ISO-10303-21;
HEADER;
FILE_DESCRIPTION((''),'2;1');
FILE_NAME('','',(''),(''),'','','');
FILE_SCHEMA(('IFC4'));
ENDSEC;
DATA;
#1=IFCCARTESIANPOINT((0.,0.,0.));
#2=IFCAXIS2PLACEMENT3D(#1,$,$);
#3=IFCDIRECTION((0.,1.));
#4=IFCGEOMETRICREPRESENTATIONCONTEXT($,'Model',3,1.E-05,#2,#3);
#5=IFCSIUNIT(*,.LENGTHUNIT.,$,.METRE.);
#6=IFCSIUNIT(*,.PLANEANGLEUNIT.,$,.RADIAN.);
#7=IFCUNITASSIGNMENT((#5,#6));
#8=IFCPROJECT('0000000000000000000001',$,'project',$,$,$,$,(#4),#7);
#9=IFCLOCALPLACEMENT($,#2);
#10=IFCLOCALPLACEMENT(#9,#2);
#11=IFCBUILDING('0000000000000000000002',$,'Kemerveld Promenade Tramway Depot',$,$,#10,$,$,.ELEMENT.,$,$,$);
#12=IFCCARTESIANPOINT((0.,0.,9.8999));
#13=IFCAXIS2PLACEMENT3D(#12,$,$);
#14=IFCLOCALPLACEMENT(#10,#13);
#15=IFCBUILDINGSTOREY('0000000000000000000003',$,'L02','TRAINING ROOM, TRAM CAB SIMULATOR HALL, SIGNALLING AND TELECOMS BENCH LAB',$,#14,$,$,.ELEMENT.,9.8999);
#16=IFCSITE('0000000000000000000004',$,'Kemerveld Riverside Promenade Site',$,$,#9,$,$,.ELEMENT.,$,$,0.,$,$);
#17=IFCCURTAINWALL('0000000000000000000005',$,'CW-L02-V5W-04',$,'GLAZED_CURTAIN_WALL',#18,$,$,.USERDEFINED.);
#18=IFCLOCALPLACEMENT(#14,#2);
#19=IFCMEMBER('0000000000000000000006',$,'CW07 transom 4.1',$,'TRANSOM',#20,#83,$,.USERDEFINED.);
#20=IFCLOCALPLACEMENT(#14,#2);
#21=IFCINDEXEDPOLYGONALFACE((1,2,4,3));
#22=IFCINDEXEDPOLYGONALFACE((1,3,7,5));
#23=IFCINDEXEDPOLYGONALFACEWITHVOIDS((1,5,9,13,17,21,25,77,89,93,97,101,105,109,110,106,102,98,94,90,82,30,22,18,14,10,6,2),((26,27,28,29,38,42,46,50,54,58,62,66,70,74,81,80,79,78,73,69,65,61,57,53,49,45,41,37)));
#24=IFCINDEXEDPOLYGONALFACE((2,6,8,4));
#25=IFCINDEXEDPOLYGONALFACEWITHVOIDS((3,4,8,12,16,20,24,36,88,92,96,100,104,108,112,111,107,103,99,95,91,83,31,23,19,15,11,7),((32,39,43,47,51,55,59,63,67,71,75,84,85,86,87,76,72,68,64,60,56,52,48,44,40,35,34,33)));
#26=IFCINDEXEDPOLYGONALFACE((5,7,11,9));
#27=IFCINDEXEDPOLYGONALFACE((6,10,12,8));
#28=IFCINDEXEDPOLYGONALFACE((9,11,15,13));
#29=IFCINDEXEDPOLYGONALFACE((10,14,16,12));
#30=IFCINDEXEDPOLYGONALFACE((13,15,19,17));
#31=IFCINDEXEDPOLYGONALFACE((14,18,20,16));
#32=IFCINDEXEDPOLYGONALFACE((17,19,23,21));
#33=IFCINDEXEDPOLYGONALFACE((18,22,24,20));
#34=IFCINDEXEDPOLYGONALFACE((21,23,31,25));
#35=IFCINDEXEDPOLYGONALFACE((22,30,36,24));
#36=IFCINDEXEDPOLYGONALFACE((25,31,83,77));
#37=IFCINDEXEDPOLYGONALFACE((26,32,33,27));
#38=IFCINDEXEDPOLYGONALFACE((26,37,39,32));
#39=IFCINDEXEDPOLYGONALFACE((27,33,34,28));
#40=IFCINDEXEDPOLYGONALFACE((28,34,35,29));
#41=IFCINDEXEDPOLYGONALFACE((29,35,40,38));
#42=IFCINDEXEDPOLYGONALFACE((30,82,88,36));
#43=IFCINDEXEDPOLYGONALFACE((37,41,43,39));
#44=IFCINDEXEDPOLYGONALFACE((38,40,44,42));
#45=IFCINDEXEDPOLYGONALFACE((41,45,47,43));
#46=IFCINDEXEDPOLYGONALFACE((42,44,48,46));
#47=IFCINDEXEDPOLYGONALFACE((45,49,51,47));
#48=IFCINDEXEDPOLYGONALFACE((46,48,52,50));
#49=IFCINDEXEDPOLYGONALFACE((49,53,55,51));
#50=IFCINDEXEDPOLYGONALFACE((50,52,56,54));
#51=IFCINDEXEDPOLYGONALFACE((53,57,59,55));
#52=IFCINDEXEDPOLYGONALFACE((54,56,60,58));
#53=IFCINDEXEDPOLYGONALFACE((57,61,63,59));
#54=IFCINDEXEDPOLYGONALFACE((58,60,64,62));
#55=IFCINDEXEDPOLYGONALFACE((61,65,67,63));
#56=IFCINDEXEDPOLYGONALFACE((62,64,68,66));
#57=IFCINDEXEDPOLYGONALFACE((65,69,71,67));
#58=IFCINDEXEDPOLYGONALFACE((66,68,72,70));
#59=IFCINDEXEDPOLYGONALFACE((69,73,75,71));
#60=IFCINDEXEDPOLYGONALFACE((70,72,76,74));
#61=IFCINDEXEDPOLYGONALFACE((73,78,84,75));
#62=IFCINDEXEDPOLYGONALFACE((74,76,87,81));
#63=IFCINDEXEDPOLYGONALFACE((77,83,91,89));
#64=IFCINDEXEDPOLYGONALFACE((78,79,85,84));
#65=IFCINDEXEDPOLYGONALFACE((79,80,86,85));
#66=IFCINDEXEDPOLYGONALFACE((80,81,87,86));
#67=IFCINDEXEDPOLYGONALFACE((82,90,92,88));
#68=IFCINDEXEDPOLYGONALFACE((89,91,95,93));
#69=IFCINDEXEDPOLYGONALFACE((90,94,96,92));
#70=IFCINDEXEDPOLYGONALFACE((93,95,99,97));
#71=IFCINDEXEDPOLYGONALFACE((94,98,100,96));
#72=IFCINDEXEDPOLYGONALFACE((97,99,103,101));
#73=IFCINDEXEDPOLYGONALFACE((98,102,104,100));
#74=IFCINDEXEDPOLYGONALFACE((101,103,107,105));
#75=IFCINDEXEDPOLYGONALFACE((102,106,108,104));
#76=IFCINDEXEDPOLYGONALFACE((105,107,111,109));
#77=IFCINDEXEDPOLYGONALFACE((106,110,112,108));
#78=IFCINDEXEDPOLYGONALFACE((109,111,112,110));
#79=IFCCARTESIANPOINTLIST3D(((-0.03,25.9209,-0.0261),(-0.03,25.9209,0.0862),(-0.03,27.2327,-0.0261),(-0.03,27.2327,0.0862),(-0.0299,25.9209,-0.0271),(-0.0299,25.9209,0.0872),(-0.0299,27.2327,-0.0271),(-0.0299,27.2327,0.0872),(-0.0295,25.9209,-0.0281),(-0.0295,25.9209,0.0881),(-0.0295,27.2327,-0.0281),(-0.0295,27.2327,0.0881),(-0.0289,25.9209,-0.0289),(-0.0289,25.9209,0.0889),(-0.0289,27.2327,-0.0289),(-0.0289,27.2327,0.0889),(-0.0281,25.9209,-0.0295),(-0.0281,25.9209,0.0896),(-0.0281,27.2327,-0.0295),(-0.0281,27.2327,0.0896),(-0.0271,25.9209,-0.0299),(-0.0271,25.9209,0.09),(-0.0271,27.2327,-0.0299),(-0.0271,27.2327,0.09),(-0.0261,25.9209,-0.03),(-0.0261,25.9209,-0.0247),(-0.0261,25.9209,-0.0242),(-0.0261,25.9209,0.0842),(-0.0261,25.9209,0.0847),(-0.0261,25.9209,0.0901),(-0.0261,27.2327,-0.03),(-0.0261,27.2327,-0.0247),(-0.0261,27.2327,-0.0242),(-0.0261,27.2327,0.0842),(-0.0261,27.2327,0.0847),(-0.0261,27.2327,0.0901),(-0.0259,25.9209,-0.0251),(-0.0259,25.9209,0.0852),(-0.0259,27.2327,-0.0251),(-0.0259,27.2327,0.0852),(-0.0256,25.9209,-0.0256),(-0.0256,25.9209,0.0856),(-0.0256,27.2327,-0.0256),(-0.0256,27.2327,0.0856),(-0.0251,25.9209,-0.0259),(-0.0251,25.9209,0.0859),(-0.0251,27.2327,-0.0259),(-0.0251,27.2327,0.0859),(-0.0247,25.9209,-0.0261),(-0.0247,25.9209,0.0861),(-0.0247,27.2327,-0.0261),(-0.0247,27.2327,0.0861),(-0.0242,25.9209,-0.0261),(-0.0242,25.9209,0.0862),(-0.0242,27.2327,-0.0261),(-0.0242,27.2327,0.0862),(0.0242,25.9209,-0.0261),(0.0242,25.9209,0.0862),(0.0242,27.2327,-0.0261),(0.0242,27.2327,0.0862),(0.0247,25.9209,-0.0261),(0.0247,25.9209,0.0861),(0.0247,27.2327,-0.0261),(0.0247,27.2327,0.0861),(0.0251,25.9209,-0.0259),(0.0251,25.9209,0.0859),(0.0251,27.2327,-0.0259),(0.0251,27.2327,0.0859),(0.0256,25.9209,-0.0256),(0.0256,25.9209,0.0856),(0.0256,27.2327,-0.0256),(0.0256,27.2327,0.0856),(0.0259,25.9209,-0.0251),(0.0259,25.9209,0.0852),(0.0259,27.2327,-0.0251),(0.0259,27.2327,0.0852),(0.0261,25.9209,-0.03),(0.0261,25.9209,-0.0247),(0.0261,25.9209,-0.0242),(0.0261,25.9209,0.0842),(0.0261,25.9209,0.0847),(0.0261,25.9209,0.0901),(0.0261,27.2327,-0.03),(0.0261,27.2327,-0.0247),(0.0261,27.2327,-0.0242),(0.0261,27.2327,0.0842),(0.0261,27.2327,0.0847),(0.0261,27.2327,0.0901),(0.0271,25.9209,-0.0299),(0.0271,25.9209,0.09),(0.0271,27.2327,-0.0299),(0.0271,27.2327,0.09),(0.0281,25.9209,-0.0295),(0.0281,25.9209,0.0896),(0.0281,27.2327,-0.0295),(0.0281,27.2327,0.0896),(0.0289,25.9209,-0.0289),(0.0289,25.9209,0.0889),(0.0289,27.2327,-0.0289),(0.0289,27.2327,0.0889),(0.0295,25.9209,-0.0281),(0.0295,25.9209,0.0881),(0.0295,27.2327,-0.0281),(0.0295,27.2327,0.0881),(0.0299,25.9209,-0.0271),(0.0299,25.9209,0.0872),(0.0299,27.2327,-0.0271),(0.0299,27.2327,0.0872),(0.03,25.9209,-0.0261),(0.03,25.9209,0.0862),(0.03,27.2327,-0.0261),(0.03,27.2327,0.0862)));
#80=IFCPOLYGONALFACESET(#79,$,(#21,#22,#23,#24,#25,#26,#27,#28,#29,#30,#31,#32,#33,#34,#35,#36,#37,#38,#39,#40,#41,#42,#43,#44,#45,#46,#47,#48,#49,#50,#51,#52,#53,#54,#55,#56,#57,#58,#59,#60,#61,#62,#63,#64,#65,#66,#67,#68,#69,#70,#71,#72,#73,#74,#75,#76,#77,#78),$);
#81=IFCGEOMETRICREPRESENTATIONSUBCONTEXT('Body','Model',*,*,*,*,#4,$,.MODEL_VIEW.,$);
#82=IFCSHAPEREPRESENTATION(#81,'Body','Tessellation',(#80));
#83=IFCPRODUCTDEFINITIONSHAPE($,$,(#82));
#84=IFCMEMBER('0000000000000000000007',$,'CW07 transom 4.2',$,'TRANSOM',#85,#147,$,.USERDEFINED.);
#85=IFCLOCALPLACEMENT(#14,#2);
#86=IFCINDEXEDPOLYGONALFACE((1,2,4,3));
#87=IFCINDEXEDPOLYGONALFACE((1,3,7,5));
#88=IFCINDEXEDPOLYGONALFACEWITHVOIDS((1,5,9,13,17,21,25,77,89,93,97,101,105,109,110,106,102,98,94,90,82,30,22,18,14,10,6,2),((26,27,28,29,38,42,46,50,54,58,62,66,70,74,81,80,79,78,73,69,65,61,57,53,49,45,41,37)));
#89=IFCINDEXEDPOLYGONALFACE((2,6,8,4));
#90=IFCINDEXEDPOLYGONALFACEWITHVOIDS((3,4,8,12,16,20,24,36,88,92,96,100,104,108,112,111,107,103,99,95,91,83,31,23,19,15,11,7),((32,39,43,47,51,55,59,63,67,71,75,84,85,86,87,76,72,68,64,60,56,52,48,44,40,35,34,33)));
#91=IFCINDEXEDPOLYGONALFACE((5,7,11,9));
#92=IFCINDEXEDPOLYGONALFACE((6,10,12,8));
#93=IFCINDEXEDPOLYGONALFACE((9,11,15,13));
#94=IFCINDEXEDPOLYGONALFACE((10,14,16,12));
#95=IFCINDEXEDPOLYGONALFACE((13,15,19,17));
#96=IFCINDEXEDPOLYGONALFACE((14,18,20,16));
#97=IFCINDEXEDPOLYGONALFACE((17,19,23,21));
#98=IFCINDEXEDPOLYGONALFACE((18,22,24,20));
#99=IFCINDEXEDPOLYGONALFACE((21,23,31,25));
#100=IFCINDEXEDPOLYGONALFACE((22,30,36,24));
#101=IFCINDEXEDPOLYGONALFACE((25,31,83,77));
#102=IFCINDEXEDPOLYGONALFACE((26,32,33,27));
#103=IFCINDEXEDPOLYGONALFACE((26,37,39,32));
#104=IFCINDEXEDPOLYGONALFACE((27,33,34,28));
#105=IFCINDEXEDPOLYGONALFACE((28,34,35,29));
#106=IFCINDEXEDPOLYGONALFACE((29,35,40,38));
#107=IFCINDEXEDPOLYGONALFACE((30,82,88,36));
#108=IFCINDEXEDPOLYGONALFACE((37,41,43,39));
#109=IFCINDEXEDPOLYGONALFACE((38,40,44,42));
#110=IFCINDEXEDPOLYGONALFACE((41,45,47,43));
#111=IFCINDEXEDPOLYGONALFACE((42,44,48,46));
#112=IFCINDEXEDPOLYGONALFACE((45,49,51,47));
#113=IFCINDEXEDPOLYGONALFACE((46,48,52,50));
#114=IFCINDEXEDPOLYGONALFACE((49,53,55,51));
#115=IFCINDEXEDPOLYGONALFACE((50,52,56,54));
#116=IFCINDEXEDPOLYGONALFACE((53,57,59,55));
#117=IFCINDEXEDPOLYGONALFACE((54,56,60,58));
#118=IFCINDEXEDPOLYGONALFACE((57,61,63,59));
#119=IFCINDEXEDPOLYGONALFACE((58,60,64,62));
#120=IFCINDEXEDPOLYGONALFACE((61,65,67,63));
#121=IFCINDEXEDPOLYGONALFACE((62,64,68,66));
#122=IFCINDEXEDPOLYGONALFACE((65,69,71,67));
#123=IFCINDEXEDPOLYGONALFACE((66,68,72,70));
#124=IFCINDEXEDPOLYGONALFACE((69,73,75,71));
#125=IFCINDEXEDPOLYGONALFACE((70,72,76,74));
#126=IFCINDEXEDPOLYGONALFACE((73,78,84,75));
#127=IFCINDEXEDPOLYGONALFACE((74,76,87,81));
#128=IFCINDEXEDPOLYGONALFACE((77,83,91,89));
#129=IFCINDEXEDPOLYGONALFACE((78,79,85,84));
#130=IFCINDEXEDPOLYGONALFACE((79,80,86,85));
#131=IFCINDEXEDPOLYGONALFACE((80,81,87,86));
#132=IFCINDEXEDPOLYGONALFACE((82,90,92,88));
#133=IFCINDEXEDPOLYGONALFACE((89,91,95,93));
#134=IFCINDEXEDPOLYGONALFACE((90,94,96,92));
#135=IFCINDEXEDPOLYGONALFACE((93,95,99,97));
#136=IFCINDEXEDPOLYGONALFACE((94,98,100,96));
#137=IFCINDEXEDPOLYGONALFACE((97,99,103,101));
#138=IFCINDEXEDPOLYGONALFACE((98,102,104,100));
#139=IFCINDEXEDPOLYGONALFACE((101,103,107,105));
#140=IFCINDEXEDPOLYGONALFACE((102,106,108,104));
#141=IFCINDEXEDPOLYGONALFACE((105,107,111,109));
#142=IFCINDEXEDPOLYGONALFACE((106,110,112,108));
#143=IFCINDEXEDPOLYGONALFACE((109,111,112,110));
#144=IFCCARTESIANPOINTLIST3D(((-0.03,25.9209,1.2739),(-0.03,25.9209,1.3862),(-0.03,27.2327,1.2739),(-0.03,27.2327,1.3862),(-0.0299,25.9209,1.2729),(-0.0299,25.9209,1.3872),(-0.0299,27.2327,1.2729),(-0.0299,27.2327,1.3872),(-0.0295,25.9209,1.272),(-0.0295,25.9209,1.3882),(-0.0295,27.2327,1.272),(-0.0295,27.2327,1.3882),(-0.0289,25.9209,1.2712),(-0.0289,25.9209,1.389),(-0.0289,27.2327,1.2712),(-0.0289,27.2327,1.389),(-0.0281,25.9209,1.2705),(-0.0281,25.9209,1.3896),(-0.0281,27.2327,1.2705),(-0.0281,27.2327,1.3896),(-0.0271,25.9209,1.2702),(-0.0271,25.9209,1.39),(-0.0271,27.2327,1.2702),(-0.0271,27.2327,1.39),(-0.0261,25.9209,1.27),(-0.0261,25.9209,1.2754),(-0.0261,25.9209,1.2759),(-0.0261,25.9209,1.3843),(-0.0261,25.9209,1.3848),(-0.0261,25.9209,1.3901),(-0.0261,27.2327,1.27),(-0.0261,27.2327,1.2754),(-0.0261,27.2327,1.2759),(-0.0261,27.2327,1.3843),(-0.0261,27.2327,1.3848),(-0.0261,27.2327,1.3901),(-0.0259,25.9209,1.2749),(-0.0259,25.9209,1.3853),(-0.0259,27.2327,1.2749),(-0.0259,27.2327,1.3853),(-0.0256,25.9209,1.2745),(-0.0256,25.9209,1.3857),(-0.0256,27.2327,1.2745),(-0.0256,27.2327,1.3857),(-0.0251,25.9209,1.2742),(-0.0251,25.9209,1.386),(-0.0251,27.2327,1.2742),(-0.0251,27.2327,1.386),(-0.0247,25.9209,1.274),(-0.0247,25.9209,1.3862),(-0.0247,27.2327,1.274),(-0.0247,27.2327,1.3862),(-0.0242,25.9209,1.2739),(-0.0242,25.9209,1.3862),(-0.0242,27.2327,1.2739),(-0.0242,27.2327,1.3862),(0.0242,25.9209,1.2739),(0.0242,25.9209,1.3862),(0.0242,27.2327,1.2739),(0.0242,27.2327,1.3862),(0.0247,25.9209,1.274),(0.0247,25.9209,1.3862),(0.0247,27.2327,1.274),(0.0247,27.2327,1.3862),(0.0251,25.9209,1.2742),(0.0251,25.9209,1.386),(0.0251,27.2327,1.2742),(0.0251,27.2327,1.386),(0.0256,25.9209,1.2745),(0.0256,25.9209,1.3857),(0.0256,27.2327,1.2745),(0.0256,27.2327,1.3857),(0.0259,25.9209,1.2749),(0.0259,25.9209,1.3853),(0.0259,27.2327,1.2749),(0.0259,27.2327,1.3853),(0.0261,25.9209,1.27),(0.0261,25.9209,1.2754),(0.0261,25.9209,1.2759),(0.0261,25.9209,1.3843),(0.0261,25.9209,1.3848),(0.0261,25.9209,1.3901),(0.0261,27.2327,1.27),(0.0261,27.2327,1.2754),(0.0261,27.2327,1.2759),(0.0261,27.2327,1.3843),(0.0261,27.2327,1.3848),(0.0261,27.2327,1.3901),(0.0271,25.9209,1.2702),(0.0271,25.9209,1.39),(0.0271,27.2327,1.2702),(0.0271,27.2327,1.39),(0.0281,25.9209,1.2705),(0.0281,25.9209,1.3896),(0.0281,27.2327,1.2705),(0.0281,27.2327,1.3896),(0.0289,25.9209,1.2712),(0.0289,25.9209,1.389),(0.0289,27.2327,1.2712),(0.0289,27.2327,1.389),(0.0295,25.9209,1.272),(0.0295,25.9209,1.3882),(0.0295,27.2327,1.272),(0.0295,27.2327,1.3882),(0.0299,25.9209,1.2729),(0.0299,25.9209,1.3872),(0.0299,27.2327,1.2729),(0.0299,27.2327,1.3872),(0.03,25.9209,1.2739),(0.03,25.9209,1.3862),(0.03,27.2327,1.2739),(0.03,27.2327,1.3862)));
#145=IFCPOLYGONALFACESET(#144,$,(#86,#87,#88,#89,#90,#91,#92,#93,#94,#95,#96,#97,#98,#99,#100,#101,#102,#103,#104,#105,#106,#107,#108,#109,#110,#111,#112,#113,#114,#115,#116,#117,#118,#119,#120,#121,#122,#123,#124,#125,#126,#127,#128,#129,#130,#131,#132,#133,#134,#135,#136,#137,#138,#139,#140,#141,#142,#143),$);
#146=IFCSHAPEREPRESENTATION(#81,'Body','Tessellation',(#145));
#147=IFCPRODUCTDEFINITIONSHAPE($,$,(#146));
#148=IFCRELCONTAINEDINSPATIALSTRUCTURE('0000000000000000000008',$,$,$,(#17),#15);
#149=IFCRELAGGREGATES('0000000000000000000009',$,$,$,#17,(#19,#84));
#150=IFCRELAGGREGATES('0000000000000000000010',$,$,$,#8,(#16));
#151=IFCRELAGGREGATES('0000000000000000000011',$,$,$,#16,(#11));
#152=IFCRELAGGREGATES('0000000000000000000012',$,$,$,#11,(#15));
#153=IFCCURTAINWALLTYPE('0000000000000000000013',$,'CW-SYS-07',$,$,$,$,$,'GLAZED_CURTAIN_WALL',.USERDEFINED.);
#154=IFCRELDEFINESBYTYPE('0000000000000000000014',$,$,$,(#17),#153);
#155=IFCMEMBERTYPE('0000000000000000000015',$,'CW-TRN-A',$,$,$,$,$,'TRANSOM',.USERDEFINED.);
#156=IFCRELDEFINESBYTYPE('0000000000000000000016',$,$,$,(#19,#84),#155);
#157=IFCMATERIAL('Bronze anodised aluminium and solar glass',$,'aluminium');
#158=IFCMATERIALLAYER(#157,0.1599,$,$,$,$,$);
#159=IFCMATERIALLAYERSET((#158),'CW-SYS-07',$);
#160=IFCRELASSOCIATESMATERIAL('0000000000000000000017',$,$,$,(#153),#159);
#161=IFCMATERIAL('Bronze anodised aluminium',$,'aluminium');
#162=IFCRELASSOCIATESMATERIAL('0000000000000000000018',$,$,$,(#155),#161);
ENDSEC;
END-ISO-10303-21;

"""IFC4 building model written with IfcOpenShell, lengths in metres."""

from ifc_helpers import new_model, si_unit, direction, frame, origin, origin_2d, place, context, subcontext, project, spatial, hollow_rectangle, extrude, material, layer, layer_set, material_profile, profile_set, type_object, element, aggregate, save


model = new_model("IFC4")

# Units and contexts
model_context = context("Model", 3, precision=1e-05, world=origin(), true_north=direction((0.0, 1.0)))
body_context = subcontext(model_context, "Body", "Model", "MODEL_VIEW")
ifc_project = project(units=[si_unit("LENGTHUNIT", "METRE"), si_unit("PLANEANGLEUNIT", "RADIAN")], contexts=[model_context])

# Site, building, storey
site_placement = place(None, origin())
site = spatial("IfcSite", under=ifc_project, at=site_placement, Name="Kemerveld Riverside Promenade Site", CompositionType="ELEMENT", RefElevation=0.0)
building_placement = place(site_placement, origin())
building = spatial("IfcBuilding", under=site, at=building_placement, Name="Kemerveld Promenade Tramway Depot", CompositionType="ELEMENT")
storey_placement = place(building_placement, frame((0.0, 0.0, 9.8999)))
storey = spatial("IfcBuildingStorey", under=building, at=storey_placement, Name="L02", Description="TRAINING ROOM, TRAM CAB SIMULATOR HALL, SIGNALLING AND TELECOMS BENCH LAB", CompositionType="ELEMENT", Elevation=9.8999)

# Curtain wall, members
ifc_material_1 = material(Name="Bronze anodised aluminium and solar glass", Category="aluminium")
ifc_layer_1 = layer(ifc_material_1, 0.1599)
ifc_layer_set_1 = layer_set([ifc_layer_1], Name="CW-SYS-07")
curtain_wall_type = type_object("IfcCurtainWallType", Name="CW-SYS-07", ElementType="GLAZED_CURTAIN_WALL", PredefinedType="USERDEFINED", material=ifc_layer_set_1)
curtain_wall_placement = place(storey_placement, origin())
curtain_wall = element("IfcCurtainWall", 1, at=curtain_wall_placement, inside=storey, type_object=curtain_wall_type, Name="CW-L02-V5W-04", ObjectType="GLAZED_CURTAIN_WALL", PredefinedType="USERDEFINED")
ifc_material_2 = material(Name="Bronze anodised aluminium", Category="aluminium")
ifc_material_profile_1 = material_profile(ifc_material_2, hollow_rectangle(XDim=0.0601, YDim=0.1201, WallThickness=0.0039, InnerFilletRadius=0.002, OuterFilletRadius=0.0039, at=origin_2d()), Name="CW-TRN-120x60")
ifc_profile_set_1 = profile_set([ifc_material_profile_1], Name="Bronze anodised aluminium")
member_type_1 = type_object("IfcMemberType", Name="CW-TRN-A", ElementType="TRANSOM", PredefinedType="USERDEFINED", material=ifc_profile_set_1)
member_1_placement = place(storey_placement, frame((0.0, 25.9209, 0.03), z_axis=(0.0, 1.0, 0.0), x_axis=(-1.0, 0.0, 0.0)))
member_1 = element("IfcMember", 2, at=member_1_placement, type_object=member_type_1, Name="CW07 transom 4.1", ObjectType="TRANSOM", PredefinedType="USERDEFINED", context=body_context, shape_type="SweptSolid", body=[
    extrude(hollow_rectangle(XDim=0.0601, YDim=0.1201, WallThickness=0.0039, InnerFilletRadius=0.002, OuterFilletRadius=0.0039, at=origin_2d()), origin(), (0.0, 0.0, 1.0), 1.3118),
])
member_2_placement = place(storey_placement, frame((0.0, 25.9209, 1.3301), z_axis=(0.0, 1.0, 0.0), x_axis=(-1.0, 0.0, 0.0)))
member_2 = element("IfcMember", 3, at=member_2_placement, type_object=member_type_1, Name="CW07 transom 4.2", ObjectType="TRANSOM", PredefinedType="USERDEFINED", context=body_context, shape_type="SweptSolid", body=[
    extrude(hollow_rectangle(XDim=0.0601, YDim=0.1201, WallThickness=0.0039, InnerFilletRadius=0.002, OuterFilletRadius=0.0039, at=origin_2d()), origin(), (0.0, 0.0, 1.0), 1.3118),
])
aggregate(curtain_wall, [member_1, member_2])

save(model, "model.ifc")
